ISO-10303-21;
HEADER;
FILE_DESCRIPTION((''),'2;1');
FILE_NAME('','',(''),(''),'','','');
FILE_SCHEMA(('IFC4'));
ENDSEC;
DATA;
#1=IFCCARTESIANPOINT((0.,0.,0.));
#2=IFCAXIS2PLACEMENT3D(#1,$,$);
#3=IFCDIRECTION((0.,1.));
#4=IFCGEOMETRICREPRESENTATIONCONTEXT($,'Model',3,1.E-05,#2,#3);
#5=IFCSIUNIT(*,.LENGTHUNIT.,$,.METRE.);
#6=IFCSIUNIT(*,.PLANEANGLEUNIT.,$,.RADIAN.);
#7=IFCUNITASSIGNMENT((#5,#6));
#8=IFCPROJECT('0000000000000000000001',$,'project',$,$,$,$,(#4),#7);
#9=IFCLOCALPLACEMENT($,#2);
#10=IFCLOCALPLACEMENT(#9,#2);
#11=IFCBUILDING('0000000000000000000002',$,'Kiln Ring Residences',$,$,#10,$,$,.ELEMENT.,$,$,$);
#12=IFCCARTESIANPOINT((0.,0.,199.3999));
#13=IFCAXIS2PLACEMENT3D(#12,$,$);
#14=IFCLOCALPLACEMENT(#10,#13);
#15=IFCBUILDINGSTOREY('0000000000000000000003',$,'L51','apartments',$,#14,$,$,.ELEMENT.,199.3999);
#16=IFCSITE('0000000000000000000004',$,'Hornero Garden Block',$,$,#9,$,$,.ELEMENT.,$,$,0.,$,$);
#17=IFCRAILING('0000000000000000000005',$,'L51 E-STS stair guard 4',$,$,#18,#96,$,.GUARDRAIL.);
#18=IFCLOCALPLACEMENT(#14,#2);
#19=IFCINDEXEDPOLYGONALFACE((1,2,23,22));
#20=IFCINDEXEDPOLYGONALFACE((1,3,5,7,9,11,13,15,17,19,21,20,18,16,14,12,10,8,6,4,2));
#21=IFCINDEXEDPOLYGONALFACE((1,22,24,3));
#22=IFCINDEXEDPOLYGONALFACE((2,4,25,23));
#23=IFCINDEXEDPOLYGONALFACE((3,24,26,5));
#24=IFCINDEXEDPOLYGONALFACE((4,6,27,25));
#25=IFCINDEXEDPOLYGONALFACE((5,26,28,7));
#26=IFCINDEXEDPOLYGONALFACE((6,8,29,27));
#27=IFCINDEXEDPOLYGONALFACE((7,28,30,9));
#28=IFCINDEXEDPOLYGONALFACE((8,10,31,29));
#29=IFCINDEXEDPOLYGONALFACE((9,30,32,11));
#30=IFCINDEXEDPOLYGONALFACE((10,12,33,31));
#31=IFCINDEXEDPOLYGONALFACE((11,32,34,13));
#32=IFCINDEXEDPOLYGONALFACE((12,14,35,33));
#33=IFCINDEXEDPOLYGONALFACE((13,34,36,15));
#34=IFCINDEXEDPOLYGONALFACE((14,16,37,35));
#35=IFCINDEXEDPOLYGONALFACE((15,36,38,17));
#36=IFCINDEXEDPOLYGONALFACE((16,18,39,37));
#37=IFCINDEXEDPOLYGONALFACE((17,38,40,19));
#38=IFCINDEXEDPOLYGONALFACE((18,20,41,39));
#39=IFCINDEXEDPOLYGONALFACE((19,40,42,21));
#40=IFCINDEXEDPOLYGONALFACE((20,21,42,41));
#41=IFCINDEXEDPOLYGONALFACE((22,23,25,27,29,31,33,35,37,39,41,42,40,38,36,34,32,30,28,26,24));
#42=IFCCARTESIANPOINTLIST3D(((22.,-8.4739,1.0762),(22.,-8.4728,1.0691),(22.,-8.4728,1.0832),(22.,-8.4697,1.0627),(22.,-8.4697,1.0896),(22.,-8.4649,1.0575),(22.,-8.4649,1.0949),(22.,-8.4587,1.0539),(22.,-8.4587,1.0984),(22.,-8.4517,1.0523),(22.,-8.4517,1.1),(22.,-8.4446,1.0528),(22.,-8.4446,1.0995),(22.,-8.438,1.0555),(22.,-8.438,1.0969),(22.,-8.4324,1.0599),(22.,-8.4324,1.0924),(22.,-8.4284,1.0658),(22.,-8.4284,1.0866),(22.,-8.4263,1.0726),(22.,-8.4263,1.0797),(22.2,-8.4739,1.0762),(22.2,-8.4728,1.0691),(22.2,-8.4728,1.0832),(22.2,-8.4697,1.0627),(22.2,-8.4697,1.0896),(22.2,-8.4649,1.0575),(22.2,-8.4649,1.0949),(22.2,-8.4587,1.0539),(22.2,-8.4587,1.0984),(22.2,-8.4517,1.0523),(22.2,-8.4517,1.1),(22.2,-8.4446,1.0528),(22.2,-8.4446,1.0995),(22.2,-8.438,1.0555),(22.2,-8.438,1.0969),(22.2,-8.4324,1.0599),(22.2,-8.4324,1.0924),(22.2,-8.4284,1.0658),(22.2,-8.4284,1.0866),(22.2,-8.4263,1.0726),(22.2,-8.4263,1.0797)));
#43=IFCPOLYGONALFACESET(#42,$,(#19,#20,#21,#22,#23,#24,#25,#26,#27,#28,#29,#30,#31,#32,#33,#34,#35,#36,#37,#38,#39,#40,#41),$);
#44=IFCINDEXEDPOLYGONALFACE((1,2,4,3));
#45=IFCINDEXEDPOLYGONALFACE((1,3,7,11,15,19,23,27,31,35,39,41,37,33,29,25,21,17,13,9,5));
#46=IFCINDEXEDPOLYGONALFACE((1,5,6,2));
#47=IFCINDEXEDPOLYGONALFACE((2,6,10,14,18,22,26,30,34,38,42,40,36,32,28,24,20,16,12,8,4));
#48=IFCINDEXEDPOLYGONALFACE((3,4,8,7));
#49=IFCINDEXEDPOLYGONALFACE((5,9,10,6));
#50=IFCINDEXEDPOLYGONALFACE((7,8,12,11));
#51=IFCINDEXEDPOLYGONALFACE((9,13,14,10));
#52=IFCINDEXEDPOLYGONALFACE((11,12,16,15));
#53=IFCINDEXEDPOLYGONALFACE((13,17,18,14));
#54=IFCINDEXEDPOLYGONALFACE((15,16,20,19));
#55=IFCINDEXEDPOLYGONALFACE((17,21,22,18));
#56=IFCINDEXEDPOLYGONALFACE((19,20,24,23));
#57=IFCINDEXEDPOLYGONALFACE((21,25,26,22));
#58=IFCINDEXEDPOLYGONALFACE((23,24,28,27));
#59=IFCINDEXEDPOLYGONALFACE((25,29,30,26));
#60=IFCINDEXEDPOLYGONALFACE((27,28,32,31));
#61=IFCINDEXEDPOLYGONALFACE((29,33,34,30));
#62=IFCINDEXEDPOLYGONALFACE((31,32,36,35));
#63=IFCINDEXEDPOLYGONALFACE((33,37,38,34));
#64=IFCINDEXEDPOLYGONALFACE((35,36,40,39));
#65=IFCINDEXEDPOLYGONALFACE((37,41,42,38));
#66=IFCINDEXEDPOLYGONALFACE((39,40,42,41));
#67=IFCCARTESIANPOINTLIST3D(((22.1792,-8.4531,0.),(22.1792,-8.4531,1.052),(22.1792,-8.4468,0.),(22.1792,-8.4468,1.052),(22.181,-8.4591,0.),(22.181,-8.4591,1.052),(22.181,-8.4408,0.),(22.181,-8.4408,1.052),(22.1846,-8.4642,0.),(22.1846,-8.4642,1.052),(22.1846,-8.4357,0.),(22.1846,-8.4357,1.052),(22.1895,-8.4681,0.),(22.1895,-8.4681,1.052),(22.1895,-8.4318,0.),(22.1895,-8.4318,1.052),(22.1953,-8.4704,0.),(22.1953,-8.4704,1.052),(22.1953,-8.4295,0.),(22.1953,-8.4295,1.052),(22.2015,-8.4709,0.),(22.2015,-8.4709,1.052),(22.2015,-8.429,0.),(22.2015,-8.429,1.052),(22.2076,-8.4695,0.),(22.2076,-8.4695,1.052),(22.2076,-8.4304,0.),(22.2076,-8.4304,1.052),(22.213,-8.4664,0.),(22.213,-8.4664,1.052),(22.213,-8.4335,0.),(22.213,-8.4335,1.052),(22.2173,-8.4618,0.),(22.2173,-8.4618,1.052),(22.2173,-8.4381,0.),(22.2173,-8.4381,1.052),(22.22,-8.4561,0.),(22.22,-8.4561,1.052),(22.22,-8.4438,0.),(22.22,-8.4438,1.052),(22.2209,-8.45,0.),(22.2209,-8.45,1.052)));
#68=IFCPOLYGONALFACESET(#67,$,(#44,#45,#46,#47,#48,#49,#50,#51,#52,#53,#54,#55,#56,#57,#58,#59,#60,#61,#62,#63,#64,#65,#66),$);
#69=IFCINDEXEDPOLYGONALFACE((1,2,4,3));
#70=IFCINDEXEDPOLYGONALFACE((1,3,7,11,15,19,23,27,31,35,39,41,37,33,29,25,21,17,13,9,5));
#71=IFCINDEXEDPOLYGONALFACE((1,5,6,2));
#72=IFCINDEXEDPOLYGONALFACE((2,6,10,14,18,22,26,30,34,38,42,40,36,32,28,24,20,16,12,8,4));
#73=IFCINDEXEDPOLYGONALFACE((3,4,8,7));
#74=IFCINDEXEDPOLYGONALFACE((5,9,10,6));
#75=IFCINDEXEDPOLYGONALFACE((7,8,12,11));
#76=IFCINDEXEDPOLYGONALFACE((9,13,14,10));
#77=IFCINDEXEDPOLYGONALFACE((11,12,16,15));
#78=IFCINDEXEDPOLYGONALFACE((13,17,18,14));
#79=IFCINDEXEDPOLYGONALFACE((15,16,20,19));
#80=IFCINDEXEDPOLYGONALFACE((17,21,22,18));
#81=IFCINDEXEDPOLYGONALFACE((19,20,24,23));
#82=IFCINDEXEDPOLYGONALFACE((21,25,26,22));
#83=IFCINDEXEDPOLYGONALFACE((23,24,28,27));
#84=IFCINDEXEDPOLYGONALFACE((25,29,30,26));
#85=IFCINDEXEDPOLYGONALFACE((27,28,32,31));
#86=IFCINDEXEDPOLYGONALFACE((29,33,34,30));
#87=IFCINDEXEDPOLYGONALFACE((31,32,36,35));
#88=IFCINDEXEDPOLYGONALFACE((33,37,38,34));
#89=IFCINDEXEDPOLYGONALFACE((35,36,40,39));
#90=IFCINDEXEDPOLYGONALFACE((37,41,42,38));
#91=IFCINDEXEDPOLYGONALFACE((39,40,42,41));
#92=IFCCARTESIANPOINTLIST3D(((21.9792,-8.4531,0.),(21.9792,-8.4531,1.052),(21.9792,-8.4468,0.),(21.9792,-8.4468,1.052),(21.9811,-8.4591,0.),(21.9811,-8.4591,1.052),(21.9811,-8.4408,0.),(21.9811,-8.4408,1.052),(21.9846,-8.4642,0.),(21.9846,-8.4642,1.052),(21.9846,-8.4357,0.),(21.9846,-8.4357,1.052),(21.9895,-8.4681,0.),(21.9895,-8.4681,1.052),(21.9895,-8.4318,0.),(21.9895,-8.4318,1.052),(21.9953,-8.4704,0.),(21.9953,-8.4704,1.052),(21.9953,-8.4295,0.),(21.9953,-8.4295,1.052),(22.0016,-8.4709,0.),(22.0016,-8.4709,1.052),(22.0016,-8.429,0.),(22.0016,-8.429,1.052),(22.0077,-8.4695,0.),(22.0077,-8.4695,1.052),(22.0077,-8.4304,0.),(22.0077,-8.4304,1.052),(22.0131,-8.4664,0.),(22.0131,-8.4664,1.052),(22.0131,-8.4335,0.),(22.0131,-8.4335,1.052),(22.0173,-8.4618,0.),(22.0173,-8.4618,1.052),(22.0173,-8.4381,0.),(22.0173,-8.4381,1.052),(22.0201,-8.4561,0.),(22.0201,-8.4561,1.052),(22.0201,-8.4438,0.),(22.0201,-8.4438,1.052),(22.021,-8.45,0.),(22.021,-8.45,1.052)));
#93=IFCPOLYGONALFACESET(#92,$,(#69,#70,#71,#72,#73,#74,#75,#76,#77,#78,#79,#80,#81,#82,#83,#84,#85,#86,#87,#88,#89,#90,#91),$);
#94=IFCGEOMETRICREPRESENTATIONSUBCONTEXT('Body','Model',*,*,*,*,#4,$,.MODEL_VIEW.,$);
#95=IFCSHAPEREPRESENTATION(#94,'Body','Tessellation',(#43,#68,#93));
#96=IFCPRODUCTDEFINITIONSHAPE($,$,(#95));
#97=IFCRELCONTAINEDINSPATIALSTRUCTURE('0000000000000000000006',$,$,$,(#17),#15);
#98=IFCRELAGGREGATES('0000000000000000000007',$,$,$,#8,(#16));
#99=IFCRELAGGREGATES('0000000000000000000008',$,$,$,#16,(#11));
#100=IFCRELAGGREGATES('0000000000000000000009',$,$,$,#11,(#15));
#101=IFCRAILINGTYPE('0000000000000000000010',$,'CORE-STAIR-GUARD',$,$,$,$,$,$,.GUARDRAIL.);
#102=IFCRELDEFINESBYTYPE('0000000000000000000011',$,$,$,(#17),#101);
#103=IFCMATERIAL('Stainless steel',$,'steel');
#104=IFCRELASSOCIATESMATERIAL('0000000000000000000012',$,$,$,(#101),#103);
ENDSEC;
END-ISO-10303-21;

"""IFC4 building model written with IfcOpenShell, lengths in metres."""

from ifc_helpers import new_model, si_unit, direction, frame, origin, origin_2d, place, context, subcontext, project, spatial, circle, extrude, material, type_object, element, save


model = new_model("IFC4")

# Units and contexts
model_context = context("Model", 3, precision=1e-05, world=origin(), true_north=direction((0.0, 1.0)))
body_context = subcontext(model_context, "Body", "Model", "MODEL_VIEW")
ifc_project = project(units=[si_unit("LENGTHUNIT", "METRE"), si_unit("PLANEANGLEUNIT", "RADIAN")], contexts=[model_context])

# Site, building, storey
site_placement = place(None, origin())
site = spatial("IfcSite", under=ifc_project, at=site_placement, Name="Hornero Garden Block", CompositionType="ELEMENT", RefElevation=0.0)
building_placement = place(site_placement, origin())
building = spatial("IfcBuilding", under=site, at=building_placement, Name="Kiln Ring Residences", CompositionType="ELEMENT")
storey_placement = place(building_placement, frame((0.0, 0.0, 199.3999)))
storey = spatial("IfcBuildingStorey", under=building, at=storey_placement, Name="L51", Description="apartments", CompositionType="ELEMENT", Elevation=199.3999)

# Railing
ifc_material_1 = material(Name="Stainless steel", Category="steel")
railing_type_1 = type_object("IfcRailingType", Name="CORE-STAIR-GUARD", PredefinedType="GUARDRAIL", material=ifc_material_1)
railing_1_placement = place(storey_placement, frame((22.2, -8.45, 0.0)))
element("IfcRailing", 1, at=railing_1_placement, inside=storey, type_object=railing_type_1, Name="L51 E-STS stair guard 4", PredefinedType="GUARDRAIL", context=body_context, shape_type="SweptSolid", body=[
    extrude(circle(Radius=0.0239, at=origin_2d()), frame((0.0, 0.0, 1.0762), z_axis=(-1.0, 0.0, 0.0), x_axis=(0.0, -1.0, 0.0)), (0.0, 0.0, 1.0), 0.2),
    extrude(circle(Radius=0.021, at=origin_2d()), origin(), (0.0, 0.0, 1.0), 1.052),
    extrude(circle(Radius=0.021, at=origin_2d()), frame((-0.2, 0.0, 0.0)), (0.0, 0.0, 1.0), 1.052),
])

save(model, "model.ifc")
